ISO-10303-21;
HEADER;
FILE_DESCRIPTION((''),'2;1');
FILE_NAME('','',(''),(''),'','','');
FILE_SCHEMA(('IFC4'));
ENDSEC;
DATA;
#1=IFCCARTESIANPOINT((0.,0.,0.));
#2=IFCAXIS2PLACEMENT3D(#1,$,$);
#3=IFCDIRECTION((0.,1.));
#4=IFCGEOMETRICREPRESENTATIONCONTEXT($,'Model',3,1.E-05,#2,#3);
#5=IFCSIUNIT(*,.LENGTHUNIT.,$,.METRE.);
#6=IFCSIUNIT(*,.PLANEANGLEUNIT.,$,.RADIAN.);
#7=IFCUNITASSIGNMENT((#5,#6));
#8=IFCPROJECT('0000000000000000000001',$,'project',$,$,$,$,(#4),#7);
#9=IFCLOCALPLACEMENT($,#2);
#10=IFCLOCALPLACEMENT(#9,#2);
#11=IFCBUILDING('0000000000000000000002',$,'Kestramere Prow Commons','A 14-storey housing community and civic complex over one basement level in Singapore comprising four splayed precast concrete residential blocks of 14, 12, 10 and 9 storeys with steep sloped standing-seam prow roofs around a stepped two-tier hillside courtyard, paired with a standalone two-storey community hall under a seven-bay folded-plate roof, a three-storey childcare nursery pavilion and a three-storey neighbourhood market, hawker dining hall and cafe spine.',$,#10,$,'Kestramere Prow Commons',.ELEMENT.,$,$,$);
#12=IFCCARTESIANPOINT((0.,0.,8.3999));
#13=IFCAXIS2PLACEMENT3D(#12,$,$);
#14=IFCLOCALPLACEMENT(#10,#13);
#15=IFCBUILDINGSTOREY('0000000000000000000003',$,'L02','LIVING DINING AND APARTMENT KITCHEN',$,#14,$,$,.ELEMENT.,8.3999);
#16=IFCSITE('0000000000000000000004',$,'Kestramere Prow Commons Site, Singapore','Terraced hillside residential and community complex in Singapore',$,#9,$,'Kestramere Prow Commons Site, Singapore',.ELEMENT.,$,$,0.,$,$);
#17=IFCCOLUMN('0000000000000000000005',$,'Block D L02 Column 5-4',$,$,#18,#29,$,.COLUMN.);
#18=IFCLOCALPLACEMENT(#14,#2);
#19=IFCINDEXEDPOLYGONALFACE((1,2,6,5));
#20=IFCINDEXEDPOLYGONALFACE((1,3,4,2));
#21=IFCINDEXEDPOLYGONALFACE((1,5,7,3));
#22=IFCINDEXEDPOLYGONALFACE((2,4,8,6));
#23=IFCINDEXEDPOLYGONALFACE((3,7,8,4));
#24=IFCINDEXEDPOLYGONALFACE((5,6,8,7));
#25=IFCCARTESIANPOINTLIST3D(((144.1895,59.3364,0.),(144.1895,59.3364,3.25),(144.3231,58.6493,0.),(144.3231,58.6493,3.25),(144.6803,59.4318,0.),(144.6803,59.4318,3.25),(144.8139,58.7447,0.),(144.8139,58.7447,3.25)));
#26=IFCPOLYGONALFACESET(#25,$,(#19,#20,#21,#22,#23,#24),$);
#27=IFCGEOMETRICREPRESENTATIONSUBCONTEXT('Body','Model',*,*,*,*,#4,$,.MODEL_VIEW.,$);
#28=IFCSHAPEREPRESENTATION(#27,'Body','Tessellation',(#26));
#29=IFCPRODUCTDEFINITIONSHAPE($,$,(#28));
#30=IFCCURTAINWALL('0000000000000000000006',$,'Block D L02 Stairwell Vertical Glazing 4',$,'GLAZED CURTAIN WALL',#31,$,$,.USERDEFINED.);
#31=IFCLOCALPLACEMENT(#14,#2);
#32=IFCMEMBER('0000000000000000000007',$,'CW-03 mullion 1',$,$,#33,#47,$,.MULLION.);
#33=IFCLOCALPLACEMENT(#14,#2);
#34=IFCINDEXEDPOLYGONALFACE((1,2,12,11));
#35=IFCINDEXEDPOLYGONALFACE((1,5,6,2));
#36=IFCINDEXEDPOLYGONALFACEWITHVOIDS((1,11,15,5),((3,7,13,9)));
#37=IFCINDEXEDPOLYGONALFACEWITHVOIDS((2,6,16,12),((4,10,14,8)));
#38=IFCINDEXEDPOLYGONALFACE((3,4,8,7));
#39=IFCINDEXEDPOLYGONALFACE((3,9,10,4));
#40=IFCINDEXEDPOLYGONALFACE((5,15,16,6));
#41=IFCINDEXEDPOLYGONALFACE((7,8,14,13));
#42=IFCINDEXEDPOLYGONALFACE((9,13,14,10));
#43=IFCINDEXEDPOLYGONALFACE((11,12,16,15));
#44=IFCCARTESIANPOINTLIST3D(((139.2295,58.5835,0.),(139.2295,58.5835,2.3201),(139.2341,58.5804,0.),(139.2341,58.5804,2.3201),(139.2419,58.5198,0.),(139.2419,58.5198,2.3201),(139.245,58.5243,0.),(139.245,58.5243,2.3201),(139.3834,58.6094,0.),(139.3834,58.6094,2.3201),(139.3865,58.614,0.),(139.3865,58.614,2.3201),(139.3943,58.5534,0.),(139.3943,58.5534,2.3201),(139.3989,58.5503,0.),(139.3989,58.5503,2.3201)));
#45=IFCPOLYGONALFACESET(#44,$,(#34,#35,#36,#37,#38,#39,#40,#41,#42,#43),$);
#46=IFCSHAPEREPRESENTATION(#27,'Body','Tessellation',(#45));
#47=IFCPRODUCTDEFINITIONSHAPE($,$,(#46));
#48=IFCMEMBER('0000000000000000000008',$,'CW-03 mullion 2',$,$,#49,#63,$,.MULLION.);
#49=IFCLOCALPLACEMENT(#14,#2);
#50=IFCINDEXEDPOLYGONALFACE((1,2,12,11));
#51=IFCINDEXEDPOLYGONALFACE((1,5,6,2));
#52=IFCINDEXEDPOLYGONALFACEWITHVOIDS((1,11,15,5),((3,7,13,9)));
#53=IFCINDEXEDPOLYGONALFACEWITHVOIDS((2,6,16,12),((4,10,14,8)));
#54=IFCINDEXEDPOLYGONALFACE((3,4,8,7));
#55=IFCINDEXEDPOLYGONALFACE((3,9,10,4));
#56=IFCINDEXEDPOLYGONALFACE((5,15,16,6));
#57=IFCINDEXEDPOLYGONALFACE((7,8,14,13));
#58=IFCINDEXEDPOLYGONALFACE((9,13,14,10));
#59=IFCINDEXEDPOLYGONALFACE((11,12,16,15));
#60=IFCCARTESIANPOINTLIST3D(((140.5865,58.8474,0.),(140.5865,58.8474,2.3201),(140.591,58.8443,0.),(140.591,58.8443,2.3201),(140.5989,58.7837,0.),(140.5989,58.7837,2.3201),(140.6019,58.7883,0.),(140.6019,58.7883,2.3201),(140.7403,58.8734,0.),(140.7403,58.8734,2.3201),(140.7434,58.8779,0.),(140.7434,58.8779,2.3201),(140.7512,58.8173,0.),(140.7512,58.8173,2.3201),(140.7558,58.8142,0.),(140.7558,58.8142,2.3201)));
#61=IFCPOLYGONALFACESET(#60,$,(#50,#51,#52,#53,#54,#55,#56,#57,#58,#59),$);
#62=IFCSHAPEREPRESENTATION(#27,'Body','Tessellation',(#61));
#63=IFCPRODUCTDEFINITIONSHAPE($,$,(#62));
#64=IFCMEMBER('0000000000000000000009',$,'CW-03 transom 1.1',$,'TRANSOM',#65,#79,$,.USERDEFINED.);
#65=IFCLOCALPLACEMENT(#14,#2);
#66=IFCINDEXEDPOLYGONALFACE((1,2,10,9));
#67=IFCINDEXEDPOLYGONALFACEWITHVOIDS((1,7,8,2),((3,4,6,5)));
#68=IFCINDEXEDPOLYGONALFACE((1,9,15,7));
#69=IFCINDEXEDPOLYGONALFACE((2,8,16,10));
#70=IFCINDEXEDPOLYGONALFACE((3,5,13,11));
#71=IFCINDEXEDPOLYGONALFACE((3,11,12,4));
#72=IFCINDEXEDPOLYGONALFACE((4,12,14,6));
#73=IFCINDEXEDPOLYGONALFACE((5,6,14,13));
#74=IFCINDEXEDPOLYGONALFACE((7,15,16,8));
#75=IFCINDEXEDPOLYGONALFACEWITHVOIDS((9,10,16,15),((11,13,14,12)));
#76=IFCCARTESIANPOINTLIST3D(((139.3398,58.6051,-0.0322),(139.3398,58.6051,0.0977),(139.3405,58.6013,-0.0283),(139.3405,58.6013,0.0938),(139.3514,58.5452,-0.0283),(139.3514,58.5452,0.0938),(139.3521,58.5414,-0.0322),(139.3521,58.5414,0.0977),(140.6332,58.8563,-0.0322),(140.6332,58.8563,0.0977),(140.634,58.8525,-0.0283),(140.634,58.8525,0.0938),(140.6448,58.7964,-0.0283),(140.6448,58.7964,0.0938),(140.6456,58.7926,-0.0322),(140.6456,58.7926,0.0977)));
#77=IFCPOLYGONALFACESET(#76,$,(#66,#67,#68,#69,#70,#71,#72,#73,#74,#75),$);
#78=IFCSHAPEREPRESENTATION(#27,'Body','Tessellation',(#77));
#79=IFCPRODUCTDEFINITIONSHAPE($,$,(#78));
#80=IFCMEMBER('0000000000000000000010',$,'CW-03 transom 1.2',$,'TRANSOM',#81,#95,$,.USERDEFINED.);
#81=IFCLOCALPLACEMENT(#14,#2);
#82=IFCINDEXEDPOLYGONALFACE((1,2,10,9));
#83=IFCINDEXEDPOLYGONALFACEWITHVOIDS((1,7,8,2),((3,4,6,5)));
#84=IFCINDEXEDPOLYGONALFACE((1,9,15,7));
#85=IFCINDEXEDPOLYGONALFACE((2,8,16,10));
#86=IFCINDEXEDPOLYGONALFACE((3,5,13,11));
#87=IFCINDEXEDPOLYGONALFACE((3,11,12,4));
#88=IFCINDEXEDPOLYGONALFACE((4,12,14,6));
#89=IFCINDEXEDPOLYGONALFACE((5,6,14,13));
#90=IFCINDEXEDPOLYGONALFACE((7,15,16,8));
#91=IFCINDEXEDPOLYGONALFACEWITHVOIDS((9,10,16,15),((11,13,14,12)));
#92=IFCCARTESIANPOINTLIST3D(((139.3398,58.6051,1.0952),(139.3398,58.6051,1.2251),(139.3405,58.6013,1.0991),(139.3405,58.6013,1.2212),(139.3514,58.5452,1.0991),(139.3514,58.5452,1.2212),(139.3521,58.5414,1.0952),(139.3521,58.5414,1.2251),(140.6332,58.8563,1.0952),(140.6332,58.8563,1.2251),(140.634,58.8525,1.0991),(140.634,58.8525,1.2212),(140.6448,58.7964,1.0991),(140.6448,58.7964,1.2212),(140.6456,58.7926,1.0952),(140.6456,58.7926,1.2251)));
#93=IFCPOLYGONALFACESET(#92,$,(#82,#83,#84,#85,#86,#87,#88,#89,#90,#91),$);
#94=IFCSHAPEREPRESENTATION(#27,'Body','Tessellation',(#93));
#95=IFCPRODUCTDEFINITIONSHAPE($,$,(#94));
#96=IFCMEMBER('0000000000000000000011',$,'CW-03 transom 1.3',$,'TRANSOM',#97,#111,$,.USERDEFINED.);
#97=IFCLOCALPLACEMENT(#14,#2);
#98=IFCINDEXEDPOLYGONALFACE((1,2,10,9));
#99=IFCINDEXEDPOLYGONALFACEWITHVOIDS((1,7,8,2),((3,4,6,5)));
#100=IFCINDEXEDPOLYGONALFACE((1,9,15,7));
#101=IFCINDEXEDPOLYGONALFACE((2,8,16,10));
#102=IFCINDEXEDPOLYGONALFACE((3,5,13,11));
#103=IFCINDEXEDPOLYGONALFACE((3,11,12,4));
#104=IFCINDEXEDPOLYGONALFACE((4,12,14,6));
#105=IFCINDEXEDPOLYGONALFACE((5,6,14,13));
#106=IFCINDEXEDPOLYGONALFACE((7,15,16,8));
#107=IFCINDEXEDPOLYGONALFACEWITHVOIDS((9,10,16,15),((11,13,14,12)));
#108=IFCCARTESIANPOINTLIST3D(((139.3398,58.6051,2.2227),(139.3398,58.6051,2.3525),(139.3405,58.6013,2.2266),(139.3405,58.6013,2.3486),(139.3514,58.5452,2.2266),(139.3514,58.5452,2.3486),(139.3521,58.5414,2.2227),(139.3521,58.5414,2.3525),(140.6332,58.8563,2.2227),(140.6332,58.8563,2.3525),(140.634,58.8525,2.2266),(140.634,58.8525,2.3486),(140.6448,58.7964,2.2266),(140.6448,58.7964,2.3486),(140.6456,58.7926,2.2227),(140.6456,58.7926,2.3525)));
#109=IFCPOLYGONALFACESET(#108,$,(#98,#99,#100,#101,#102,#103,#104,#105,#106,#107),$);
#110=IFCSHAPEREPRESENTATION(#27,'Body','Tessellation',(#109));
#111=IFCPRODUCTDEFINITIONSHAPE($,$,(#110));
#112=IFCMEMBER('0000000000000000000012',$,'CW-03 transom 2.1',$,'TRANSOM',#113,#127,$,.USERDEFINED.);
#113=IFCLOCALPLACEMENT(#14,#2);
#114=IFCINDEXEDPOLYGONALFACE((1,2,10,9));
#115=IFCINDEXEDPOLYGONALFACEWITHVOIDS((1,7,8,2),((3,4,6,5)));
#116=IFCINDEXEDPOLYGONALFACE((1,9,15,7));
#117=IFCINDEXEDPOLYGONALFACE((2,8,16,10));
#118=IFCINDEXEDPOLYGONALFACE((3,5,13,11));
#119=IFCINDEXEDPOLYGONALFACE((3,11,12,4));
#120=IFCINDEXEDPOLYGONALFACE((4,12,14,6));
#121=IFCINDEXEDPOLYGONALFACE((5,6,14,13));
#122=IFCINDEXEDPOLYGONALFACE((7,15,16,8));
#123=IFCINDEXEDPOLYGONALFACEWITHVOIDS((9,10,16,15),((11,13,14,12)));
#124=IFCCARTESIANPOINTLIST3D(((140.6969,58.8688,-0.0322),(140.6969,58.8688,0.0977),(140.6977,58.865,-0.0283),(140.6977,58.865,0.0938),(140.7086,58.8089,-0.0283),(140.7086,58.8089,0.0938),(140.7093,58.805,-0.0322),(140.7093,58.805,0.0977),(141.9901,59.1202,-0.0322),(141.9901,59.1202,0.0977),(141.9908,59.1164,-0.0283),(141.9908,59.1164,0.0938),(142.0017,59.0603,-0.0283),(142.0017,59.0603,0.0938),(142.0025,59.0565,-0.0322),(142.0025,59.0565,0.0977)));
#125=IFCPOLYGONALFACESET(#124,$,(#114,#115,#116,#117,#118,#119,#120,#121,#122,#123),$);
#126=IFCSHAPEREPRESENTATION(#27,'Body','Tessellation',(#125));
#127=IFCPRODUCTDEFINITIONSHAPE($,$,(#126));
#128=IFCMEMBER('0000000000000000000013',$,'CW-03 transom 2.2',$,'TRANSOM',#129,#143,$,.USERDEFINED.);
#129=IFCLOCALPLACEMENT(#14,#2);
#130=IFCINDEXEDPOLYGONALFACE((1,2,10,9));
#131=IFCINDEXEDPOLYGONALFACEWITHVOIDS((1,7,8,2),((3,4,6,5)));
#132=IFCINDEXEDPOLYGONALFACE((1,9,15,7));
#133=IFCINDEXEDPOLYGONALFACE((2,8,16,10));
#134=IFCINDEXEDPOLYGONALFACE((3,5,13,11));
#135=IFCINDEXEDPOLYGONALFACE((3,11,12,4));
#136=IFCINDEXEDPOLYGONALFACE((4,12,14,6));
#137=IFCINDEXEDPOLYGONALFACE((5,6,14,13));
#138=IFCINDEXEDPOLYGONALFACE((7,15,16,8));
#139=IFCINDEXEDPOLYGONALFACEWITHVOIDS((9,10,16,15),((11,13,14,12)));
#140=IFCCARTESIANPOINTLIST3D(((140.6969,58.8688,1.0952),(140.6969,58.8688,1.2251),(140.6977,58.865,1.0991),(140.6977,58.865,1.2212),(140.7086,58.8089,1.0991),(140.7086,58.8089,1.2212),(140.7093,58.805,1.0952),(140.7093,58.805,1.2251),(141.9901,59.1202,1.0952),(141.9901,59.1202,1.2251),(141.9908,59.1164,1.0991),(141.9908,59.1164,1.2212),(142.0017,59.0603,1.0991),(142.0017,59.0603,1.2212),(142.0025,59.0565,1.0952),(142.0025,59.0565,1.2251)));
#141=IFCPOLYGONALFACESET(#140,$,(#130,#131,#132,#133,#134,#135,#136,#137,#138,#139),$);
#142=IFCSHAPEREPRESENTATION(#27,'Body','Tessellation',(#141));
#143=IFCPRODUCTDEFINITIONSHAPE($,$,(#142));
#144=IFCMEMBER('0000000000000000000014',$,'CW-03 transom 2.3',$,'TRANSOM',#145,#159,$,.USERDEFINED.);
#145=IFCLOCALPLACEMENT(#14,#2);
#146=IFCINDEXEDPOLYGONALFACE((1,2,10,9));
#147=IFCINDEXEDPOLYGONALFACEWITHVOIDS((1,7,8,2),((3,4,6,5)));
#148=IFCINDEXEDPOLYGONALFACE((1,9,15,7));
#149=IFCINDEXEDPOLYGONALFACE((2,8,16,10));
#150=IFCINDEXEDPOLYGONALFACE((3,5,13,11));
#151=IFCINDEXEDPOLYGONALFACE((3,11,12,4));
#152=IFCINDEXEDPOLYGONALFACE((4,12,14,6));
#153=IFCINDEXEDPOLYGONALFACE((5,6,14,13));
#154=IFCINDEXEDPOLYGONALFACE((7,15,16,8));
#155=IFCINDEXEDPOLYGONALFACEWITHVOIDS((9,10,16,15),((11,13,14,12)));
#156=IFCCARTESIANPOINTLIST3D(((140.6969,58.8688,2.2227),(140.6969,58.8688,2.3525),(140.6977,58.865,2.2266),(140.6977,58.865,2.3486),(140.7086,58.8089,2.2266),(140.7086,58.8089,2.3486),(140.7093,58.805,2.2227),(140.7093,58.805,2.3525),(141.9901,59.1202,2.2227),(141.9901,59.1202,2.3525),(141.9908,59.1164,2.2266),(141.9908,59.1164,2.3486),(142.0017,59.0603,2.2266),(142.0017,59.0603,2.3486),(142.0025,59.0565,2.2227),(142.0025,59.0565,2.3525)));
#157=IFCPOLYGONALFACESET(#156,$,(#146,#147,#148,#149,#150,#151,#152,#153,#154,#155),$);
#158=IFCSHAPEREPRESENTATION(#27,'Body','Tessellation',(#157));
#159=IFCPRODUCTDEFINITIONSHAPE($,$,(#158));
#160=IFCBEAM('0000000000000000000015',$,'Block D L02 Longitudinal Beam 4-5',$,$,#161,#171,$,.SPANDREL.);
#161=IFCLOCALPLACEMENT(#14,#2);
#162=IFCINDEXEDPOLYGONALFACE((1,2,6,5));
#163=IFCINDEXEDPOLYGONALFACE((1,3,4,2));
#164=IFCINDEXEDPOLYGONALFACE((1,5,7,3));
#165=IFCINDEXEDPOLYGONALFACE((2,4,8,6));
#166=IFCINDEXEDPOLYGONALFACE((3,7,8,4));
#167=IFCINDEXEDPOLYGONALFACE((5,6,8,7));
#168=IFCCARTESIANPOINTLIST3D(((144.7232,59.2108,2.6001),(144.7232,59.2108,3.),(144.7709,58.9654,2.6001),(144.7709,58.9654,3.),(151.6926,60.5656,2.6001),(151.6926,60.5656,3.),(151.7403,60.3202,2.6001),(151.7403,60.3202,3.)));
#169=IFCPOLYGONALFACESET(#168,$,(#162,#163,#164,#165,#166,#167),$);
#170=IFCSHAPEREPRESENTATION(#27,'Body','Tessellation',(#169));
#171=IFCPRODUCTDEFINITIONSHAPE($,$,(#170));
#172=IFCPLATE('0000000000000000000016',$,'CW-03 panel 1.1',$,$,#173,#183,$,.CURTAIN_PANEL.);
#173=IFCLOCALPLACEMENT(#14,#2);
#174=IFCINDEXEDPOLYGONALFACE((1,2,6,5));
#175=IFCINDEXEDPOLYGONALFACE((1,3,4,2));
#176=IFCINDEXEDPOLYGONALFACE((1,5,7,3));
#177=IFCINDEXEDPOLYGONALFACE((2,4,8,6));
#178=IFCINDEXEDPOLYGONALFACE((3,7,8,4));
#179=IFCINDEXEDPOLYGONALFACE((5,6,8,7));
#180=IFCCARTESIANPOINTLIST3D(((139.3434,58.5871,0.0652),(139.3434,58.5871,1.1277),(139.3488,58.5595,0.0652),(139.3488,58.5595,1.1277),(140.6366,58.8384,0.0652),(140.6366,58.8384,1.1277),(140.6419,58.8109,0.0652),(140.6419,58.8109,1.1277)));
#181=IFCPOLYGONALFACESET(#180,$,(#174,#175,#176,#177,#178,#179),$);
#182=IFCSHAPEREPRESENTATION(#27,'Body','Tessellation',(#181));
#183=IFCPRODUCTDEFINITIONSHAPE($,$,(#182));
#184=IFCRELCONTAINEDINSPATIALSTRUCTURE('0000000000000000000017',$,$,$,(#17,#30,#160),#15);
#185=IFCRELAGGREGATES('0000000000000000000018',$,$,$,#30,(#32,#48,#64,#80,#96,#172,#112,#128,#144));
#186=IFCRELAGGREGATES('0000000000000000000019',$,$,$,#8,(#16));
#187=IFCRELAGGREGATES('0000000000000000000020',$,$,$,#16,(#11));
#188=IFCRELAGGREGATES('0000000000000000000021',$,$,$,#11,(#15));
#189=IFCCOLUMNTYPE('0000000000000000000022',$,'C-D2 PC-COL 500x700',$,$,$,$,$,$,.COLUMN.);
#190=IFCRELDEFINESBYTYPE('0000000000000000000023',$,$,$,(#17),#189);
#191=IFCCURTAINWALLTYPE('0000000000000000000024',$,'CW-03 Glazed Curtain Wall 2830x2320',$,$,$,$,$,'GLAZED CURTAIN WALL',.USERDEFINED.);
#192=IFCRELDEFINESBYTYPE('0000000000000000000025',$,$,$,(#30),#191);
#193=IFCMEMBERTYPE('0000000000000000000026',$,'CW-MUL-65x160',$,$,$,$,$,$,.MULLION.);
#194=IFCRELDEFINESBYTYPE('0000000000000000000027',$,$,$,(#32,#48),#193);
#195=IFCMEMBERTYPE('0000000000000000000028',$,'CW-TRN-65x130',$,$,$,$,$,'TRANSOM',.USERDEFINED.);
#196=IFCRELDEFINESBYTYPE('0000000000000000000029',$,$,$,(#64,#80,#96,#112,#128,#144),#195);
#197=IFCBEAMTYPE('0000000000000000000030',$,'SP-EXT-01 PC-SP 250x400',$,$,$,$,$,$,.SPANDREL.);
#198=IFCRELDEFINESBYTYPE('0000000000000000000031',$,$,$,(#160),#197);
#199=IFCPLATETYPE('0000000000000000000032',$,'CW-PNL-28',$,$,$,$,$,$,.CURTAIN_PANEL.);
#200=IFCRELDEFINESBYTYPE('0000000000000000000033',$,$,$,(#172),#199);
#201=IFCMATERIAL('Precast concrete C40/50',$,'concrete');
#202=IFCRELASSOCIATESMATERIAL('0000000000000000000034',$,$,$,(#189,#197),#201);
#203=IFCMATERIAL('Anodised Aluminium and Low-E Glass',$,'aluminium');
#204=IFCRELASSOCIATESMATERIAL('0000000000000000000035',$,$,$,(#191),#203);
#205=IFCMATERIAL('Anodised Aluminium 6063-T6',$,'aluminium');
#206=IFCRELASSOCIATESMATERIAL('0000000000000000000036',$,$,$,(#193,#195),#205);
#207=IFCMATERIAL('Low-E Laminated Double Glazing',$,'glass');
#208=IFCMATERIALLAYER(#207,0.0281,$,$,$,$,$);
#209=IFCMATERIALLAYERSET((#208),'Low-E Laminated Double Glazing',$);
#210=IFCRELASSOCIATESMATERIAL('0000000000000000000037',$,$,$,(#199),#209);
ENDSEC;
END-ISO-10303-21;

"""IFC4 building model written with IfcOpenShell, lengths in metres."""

from ifc_helpers import new_model, si_unit, direction, frame, origin, origin_2d, place, context, subcontext, project, spatial, rectangle, hollow_rectangle, extrude, material, layer, layer_set, material_profile, profile_set, type_object, element, aggregate, save


model = new_model("IFC4")

# Units and contexts
model_context = context("Model", 3, precision=1e-05, world=origin(), true_north=direction((0.0, 1.0)))
body_context = subcontext(model_context, "Body", "Model", "MODEL_VIEW")
ifc_project = project(units=[si_unit("LENGTHUNIT", "METRE"), si_unit("PLANEANGLEUNIT", "RADIAN")], contexts=[model_context])

# Site, building, storey
site_placement = place(None, origin())
site = spatial("IfcSite", under=ifc_project, at=site_placement, Name="Kestramere Prow Commons Site, Singapore", Description="Terraced hillside residential and community complex in Singapore", LongName="Kestramere Prow Commons Site, Singapore", CompositionType="ELEMENT", RefElevation=0.0)
building_placement = place(site_placement, origin())
building = spatial("IfcBuilding", under=site, at=building_placement, Name="Kestramere Prow Commons", Description="A 14-storey housing community and civic complex over one basement level in Singapore comprising four splayed precast concrete residential blocks of 14, 12, 10 and 9 storeys with steep sloped standing-seam prow roofs around a stepped two-tier hillside courtyard, paired with a standalone two-storey community hall under a seven-bay folded-plate roof, a three-storey childcare nursery pavilion and a three-storey neighbourhood market, hawker dining hall and cafe spine.", LongName="Kestramere Prow Commons", CompositionType="ELEMENT")
storey_placement = place(building_placement, frame((0.0, 0.0, 8.3999)))
storey = spatial("IfcBuildingStorey", under=building, at=storey_placement, Name="L02", Description="LIVING DINING AND APARTMENT KITCHEN", CompositionType="ELEMENT", Elevation=8.3999)

# Column
ifc_material_1 = material(Name="Precast concrete C40/50", Category="concrete")
ifc_material_profile_1 = material_profile(ifc_material_1, rectangle(XDim=0.5, YDim=0.7, at=origin_2d()), Name="PC-COL 500x700")
ifc_profile_set_1 = profile_set([ifc_material_profile_1], Name="Precast concrete C40/50")
column_type = type_object("IfcColumnType", Name="C-D2 PC-COL 500x700", PredefinedType="COLUMN", material=ifc_profile_set_1)
column_placement = place(storey_placement, frame((144.5017, 59.0405, 0.0), z_axis=(0.0, 0.0, 1.0), x_axis=(0.981627, 0.190809, 0.0)))
element("IfcColumn", 1, at=column_placement, inside=storey, type_object=column_type, Name="Block D L02 Column 5-4", PredefinedType="COLUMN", context=body_context, shape_type="SweptSolid", body=[
    extrude(rectangle(XDim=0.5, YDim=0.7, at=origin_2d()), origin(), (0.0, 0.0, 1.0), 3.25),
])

# Curtain wall, members
ifc_material_2 = material(Name="Anodised Aluminium and Low-E Glass", Category="aluminium")
curtain_wall_type = type_object("IfcCurtainWallType", Name="CW-03 Glazed Curtain Wall 2830x2320", ElementType="GLAZED CURTAIN WALL", PredefinedType="USERDEFINED", material=ifc_material_2)
curtain_wall_placement = place(storey_placement, origin())
curtain_wall = element("IfcCurtainWall", 2, at=curtain_wall_placement, inside=storey, type_object=curtain_wall_type, Name="Block D L02 Stairwell Vertical Glazing 4", ObjectType="GLAZED CURTAIN WALL", PredefinedType="USERDEFINED")
ifc_material_3 = material(Name="Anodised Aluminium 6063-T6", Category="aluminium")
ifc_material_profile_2 = material_profile(ifc_material_3, hollow_rectangle(XDim=0.0649, YDim=0.1599, WallThickness=0.0039, at=origin_2d()), Name="ALU-MUL 65x160")
ifc_profile_set_2 = profile_set([ifc_material_profile_2], Name="Anodised Aluminium 6063-T6")
member_type_1 = type_object("IfcMemberType", Name="CW-MUL-65x160", PredefinedType="MULLION", material=ifc_profile_set_2)
member_1_placement = place(storey_placement, frame((139.3142, 58.5669, 0.0), z_axis=(0.0, 0.0, 1.0), x_axis=(-0.190809, 0.981627, 0.0)))
member_1 = element("IfcMember", 3, at=member_1_placement, type_object=member_type_1, Name="CW-03 mullion 1", PredefinedType="MULLION", context=body_context, shape_type="SweptSolid", body=[
    extrude(hollow_rectangle(XDim=0.0649, YDim=0.1599, WallThickness=0.0039, at=origin_2d()), origin(), (0.0, 0.0, 1.0), 2.3201),
])
member_2_placement = place(storey_placement, frame((140.6711, 58.8308, 0.0), z_axis=(0.0, 0.0, 1.0), x_axis=(-0.190809, 0.981627, 0.0)))
member_2 = element("IfcMember", 4, at=member_2_placement, type_object=member_type_1, Name="CW-03 mullion 2", PredefinedType="MULLION", context=body_context, shape_type="SweptSolid", body=[
    extrude(hollow_rectangle(XDim=0.0649, YDim=0.1599, WallThickness=0.0039, at=origin_2d()), origin(), (0.0, 0.0, 1.0), 2.3201),
])
ifc_material_profile_3 = material_profile(ifc_material_3, hollow_rectangle(XDim=0.0649, YDim=0.1299, WallThickness=0.0039, at=origin_2d()), Name="ALU-TRN 65x130")
ifc_profile_set_3 = profile_set([ifc_material_profile_3], Name="Anodised Aluminium 6063-T6")
member_type_2 = type_object("IfcMemberType", Name="CW-TRN-65x130", ElementType="TRANSOM", PredefinedType="USERDEFINED", material=ifc_profile_set_3)
member_3_placement = place(storey_placement, frame((139.3459, 58.5732, 0.0327), z_axis=(0.981656, 0.190661, 0.0), x_axis=(-0.190661, 0.981656, 0.0)))
member_3 = element("IfcMember", 5, at=member_3_placement, type_object=member_type_2, Name="CW-03 transom 1.1", ObjectType="TRANSOM", PredefinedType="USERDEFINED", context=body_context, shape_type="SweptSolid", body=[
    extrude(hollow_rectangle(XDim=0.0649, YDim=0.1299, WallThickness=0.0039, at=origin_2d()), origin(), (0.0, 0.0, 1.0), 1.3176),
])
member_4_placement = place(storey_placement, frame((139.3459, 58.5732, 1.1602), z_axis=(0.981656, 0.190661, 0.0), x_axis=(-0.190661, 0.981656, 0.0)))
member_4 = element("IfcMember", 6, at=member_4_placement, type_object=member_type_2, Name="CW-03 transom 1.2", ObjectType="TRANSOM", PredefinedType="USERDEFINED", context=body_context, shape_type="SweptSolid", body=[
    extrude(hollow_rectangle(XDim=0.0649, YDim=0.1299, WallThickness=0.0039, at=origin_2d()), origin(), (0.0, 0.0, 1.0), 1.3176),
])
member_5_placement = place(storey_placement, frame((139.3459, 58.5732, 2.2876), z_axis=(0.981656, 0.190661, 0.0), x_axis=(-0.190661, 0.981656, 0.0)))
member_5 = element("IfcMember", 7, at=member_5_placement, type_object=member_type_2, Name="CW-03 transom 1.3", ObjectType="TRANSOM", PredefinedType="USERDEFINED", context=body_context, shape_type="SweptSolid", body=[
    extrude(hollow_rectangle(XDim=0.0649, YDim=0.1299, WallThickness=0.0039, at=origin_2d()), origin(), (0.0, 0.0, 1.0), 1.3176),
])
member_6_placement = place(storey_placement, frame((140.7031, 58.8369, 0.0327), z_axis=(0.981614, 0.190875, 0.0), x_axis=(-0.190875, 0.981614, 0.0)))
member_6 = element("IfcMember", 8, at=member_6_placement, type_object=member_type_2, Name="CW-03 transom 2.1", ObjectType="TRANSOM", PredefinedType="USERDEFINED", context=body_context, shape_type="SweptSolid", body=[
    extrude(hollow_rectangle(XDim=0.0649, YDim=0.1299, WallThickness=0.0039, at=origin_2d()), origin(), (0.0, 0.0, 1.0), 1.3174),
])
member_7_placement = place(storey_placement, frame((140.7031, 58.8369, 1.1602), z_axis=(0.981614, 0.190875, 0.0), x_axis=(-0.190875, 0.981614, 0.0)))
member_7 = element("IfcMember", 9, at=member_7_placement, type_object=member_type_2, Name="CW-03 transom 2.2", ObjectType="TRANSOM", PredefinedType="USERDEFINED", context=body_context, shape_type="SweptSolid", body=[
    extrude(hollow_rectangle(XDim=0.0649, YDim=0.1299, WallThickness=0.0039, at=origin_2d()), origin(), (0.0, 0.0, 1.0), 1.3174),
])
member_8_placement = place(storey_placement, frame((140.7031, 58.8369, 2.2876), z_axis=(0.981614, 0.190875, 0.0), x_axis=(-0.190875, 0.981614, 0.0)))
member_8 = element("IfcMember", 10, at=member_8_placement, type_object=member_type_2, Name="CW-03 transom 2.3", ObjectType="TRANSOM", PredefinedType="USERDEFINED", context=body_context, shape_type="SweptSolid", body=[
    extrude(hollow_rectangle(XDim=0.0649, YDim=0.1299, WallThickness=0.0039, at=origin_2d()), origin(), (0.0, 0.0, 1.0), 1.3174),
])

# Beam
ifc_material_profile_4 = material_profile(ifc_material_1, rectangle(XDim=0.25, YDim=0.3999, at=origin_2d()), Name="PC-SP 250x400")
ifc_profile_set_4 = profile_set([ifc_material_profile_4], Name="Precast concrete C40/50")
beam_type = type_object("IfcBeamType", Name="SP-EXT-01 PC-SP 250x400", PredefinedType="SPANDREL", material=ifc_profile_set_4)
beam_placement = place(storey_placement, frame((144.7471, 59.0881, 2.8), z_axis=(0.981627, 0.19081, 0.0), x_axis=(-0.19081, 0.981627, 0.0)))
element("IfcBeam", 11, at=beam_placement, inside=storey, type_object=beam_type, Name="Block D L02 Longitudinal Beam 4-5", PredefinedType="SPANDREL", context=body_context, shape_type="SweptSolid", body=[
    extrude(rectangle(XDim=0.25, YDim=0.3999, at=origin_2d()), origin(), (0.0, 0.0, 1.0), 7.0999),
])

# Plate
ifc_material_4 = material(Name="Low-E Laminated Double Glazing", Category="glass")
ifc_layer_1 = layer(ifc_material_4, 0.0281)
ifc_layer_set_1 = layer_set([ifc_layer_1], Name="Low-E Laminated Double Glazing")
plate_type = type_object("IfcPlateType", Name="CW-PNL-28", PredefinedType="CURTAIN_PANEL", material=ifc_layer_set_1)
plate_1_placement = place(storey_placement, frame((139.9927, 58.699, 0.0652), z_axis=(0.0, 0.0, 1.0), x_axis=(0.981627, 0.190809, 0.0)))
plate_1 = element("IfcPlate", 12, at=plate_1_placement, type_object=plate_type, Name="CW-03 panel 1.1", PredefinedType="CURTAIN_PANEL", context=body_context, shape_type="SweptSolid", body=[
    extrude(rectangle(XDim=1.3174, YDim=0.0281, at=origin_2d()), origin(), (0.0, 0.0, 1.0), 1.0625),
])
aggregate(curtain_wall, [member_1, member_2, member_3, member_4, member_5, plate_1, member_6, member_7, member_8])

save(model, "model.ifc")
